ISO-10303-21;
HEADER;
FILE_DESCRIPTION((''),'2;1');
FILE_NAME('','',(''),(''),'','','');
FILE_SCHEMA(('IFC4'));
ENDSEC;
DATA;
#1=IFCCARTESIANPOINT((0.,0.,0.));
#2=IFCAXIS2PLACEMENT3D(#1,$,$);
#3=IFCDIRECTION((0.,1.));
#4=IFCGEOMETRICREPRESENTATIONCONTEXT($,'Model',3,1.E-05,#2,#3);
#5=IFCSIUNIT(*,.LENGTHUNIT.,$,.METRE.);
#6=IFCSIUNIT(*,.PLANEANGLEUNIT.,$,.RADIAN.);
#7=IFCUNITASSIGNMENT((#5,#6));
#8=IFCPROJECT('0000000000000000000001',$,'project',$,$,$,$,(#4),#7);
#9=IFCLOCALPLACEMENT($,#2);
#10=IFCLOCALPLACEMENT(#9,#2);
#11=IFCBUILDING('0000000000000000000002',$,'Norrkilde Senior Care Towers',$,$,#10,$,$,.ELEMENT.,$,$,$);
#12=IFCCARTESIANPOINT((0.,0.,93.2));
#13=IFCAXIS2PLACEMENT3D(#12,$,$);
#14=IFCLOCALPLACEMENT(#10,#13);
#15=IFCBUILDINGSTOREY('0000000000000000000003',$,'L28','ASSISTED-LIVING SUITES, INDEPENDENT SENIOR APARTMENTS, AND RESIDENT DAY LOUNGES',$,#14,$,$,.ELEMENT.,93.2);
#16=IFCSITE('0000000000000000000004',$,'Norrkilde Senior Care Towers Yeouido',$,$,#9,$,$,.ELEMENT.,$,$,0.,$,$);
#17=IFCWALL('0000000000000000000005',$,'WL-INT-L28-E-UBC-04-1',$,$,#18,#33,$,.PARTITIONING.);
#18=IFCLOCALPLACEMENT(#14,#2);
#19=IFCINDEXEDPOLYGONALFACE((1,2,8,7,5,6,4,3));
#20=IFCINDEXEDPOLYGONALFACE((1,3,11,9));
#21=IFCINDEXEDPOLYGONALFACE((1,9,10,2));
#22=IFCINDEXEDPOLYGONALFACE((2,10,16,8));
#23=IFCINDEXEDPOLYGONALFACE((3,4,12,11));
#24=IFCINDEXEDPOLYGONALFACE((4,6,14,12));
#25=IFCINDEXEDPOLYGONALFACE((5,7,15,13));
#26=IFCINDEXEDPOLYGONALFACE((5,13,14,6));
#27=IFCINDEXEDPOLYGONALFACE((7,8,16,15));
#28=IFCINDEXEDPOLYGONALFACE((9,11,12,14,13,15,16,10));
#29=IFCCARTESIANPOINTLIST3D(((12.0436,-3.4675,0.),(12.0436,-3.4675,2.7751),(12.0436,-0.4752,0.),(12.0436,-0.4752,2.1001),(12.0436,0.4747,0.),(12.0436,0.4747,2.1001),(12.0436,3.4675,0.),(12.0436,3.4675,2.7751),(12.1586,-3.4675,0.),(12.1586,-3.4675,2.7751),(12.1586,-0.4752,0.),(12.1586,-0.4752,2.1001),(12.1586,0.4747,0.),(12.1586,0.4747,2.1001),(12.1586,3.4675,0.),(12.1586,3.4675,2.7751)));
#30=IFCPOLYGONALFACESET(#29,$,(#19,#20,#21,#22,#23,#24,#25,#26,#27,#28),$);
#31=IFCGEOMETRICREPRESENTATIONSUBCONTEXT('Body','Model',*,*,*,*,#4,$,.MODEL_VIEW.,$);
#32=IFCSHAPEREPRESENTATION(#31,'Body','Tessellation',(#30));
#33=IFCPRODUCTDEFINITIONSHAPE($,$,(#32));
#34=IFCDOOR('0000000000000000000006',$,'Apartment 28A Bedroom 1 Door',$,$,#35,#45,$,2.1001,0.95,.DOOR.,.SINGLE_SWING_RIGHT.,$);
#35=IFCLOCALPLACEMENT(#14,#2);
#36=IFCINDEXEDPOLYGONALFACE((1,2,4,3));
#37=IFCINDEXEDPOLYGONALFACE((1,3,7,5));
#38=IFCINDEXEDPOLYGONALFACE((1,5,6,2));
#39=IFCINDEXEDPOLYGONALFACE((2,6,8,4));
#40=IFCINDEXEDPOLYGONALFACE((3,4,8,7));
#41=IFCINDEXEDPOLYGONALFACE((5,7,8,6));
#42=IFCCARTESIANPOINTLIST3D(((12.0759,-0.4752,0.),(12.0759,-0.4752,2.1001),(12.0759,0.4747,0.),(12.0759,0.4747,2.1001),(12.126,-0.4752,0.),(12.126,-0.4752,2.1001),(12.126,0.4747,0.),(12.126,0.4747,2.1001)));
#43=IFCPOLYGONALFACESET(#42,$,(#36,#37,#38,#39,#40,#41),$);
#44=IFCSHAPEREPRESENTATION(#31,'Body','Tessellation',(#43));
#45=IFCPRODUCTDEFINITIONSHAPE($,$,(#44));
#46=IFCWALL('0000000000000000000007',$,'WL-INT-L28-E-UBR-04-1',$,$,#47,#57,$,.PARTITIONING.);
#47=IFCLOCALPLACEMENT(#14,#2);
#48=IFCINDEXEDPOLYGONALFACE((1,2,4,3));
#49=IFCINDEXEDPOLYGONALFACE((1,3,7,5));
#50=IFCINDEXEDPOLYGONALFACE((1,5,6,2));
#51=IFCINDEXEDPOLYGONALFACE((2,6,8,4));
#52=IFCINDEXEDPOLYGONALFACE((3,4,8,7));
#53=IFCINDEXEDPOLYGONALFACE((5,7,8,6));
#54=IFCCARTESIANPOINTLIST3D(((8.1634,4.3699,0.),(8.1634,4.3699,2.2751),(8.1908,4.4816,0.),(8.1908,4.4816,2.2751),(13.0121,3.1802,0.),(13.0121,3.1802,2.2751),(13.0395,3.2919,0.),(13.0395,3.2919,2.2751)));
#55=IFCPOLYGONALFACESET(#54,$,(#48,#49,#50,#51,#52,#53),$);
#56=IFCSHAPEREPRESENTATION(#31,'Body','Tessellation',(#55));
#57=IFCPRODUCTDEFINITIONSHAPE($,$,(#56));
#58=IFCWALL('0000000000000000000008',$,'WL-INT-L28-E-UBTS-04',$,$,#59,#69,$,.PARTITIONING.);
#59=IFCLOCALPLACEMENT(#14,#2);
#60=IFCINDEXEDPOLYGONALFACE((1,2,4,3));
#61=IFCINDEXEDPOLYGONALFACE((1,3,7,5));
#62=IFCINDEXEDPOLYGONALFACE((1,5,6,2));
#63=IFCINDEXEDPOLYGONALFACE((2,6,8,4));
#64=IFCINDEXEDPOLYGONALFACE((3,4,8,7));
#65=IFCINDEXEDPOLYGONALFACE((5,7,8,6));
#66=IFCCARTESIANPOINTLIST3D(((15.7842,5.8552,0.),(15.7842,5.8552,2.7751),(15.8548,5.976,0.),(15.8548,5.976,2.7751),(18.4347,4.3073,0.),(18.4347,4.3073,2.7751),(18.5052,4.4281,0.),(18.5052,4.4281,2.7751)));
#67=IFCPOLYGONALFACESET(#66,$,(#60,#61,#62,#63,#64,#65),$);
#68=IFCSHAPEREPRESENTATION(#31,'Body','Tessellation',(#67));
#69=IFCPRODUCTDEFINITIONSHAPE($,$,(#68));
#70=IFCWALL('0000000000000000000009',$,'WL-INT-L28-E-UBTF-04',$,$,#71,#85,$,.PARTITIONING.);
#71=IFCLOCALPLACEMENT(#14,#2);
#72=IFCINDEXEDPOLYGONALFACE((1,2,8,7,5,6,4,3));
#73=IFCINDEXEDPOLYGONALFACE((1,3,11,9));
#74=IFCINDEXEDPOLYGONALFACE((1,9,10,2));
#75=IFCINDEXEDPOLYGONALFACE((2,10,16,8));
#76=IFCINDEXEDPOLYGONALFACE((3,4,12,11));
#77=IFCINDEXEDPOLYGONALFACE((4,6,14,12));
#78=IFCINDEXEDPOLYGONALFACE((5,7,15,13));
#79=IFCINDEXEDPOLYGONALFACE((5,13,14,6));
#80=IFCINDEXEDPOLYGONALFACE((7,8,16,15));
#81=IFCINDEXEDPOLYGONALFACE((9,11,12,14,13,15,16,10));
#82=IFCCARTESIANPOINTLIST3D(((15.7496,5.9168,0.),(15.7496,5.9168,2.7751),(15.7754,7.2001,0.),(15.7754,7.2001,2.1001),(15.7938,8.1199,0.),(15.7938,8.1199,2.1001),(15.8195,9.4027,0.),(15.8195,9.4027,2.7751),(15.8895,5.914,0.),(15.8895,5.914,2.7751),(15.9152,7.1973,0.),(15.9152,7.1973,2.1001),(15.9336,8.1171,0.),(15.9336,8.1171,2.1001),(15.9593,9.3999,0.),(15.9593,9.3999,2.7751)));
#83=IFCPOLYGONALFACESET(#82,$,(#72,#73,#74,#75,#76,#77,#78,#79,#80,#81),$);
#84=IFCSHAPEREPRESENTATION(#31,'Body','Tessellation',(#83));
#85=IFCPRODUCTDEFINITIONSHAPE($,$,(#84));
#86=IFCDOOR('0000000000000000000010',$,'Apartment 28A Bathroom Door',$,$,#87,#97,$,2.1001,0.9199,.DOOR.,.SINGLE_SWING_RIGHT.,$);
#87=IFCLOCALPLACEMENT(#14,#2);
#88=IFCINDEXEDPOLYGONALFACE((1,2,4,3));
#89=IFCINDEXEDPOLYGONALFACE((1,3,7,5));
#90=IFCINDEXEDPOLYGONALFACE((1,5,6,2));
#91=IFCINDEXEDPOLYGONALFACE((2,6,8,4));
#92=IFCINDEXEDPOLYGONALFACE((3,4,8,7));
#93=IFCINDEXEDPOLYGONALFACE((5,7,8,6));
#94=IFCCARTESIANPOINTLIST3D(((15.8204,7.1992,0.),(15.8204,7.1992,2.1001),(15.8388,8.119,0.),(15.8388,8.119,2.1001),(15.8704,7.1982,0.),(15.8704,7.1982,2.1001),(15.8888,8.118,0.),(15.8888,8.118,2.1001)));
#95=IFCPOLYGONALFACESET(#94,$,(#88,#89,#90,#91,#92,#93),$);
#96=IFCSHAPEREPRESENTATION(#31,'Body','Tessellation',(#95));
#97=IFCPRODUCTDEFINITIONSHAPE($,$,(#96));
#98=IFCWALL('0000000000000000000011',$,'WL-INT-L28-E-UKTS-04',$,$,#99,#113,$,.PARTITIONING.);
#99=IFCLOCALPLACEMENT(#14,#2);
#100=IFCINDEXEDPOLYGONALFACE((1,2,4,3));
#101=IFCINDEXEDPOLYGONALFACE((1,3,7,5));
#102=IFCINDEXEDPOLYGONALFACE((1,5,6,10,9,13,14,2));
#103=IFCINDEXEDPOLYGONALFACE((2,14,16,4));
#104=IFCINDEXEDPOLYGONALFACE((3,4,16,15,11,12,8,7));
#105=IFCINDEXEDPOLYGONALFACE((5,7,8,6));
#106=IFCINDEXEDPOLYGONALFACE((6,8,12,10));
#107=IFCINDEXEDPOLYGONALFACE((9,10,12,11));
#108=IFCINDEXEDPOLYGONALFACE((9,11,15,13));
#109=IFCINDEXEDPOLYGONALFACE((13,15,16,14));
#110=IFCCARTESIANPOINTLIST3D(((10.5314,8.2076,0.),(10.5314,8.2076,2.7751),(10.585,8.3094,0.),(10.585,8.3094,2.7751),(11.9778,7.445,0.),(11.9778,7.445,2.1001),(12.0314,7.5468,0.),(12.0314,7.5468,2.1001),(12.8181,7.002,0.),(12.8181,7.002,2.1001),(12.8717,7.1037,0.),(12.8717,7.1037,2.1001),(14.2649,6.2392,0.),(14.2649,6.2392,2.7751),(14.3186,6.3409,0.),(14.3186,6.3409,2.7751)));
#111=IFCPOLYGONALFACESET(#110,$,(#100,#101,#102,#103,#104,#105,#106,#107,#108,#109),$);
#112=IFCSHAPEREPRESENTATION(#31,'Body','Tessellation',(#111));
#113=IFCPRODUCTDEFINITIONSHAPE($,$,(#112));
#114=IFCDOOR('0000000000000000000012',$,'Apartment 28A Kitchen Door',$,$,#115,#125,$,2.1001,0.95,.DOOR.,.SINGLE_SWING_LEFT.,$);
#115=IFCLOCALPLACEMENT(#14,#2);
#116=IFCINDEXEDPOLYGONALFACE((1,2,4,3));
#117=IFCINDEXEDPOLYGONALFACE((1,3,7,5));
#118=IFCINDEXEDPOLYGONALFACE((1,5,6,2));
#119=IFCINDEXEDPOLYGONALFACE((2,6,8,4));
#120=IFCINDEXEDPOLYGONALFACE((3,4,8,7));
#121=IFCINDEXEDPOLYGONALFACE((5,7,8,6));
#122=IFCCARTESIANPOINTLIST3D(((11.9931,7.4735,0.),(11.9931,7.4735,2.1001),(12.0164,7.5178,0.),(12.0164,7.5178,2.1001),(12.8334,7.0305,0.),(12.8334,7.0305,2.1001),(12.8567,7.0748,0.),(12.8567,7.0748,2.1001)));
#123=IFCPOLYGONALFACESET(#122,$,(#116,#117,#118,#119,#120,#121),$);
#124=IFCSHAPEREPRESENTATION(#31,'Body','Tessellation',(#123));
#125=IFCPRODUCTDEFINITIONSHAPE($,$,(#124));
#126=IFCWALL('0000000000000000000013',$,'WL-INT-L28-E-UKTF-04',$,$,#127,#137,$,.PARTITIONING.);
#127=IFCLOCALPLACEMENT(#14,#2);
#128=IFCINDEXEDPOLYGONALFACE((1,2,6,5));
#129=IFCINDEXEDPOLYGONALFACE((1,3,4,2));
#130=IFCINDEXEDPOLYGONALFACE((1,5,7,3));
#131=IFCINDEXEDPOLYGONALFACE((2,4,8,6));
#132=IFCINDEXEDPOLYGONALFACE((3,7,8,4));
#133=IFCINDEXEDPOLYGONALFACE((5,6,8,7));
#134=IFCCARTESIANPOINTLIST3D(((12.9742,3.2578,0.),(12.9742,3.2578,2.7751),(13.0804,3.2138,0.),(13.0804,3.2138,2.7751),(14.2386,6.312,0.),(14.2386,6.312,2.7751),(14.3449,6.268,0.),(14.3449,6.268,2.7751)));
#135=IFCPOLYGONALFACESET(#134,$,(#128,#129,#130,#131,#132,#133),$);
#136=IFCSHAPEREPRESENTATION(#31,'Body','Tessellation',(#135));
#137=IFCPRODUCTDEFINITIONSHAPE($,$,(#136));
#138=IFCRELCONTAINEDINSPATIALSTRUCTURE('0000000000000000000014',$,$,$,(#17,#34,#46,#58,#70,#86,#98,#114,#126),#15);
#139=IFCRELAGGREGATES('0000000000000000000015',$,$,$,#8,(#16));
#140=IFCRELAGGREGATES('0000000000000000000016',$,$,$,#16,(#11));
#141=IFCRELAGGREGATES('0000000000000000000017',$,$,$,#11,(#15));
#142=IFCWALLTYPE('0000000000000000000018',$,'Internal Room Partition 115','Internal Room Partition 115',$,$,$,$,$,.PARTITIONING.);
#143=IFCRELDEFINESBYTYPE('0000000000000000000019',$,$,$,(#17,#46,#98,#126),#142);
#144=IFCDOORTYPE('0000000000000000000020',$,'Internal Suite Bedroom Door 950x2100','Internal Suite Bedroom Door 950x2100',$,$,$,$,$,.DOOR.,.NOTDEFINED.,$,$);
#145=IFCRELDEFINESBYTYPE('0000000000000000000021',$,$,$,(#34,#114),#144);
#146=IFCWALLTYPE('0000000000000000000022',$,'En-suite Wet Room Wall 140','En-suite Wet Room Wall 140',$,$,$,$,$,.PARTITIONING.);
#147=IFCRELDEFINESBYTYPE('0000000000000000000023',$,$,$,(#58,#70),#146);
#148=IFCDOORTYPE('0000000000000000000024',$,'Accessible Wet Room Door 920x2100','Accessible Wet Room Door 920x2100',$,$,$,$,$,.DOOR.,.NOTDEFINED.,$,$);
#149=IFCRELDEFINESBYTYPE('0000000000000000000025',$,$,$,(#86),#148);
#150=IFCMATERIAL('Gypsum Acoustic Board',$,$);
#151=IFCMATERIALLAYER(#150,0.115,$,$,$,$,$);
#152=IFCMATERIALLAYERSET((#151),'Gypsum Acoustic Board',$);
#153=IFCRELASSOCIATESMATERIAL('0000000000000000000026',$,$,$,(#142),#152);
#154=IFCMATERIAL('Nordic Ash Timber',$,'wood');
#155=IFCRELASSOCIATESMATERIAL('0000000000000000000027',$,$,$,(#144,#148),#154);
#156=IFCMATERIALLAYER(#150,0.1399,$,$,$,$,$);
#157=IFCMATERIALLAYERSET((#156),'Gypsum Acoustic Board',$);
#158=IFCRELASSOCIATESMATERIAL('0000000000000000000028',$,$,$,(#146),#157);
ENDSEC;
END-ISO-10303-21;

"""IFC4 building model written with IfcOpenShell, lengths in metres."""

from ifc_helpers import new_model, si_unit, direction, frame, frame_2d, origin, place, context, subcontext, project, spatial, rectangle, extrude, source, transform, mapped, material, layer, layer_set, type_object, type_shapes, element, fill, save


model = new_model("IFC4")

# Units and contexts
model_context = context("Model", 3, precision=1e-05, world=origin(), true_north=direction((0.0, 1.0)))
body_context = subcontext(model_context, "Body", "Model", "MODEL_VIEW")
ifc_project = project(units=[si_unit("LENGTHUNIT", "METRE"), si_unit("PLANEANGLEUNIT", "RADIAN")], contexts=[model_context])

# Site, building, storey
site_placement = place(None, origin())
site = spatial("IfcSite", under=ifc_project, at=site_placement, Name="Norrkilde Senior Care Towers Yeouido", CompositionType="ELEMENT", RefElevation=0.0)
building_placement = place(site_placement, origin())
building = spatial("IfcBuilding", under=site, at=building_placement, Name="Norrkilde Senior Care Towers", CompositionType="ELEMENT")
storey_placement = place(building_placement, frame((0.0, 0.0, 93.2)))
storey = spatial("IfcBuildingStorey", under=building, at=storey_placement, Name="L28", Description="ASSISTED-LIVING SUITES, INDEPENDENT SENIOR APARTMENTS, AND RESIDENT DAY LOUNGES", CompositionType="ELEMENT", Elevation=93.2)

# Shared definitions
ifc_material_1 = material(Name="Gypsum Acoustic Board")

# Wall, opening, door
ifc_layer_1 = layer(ifc_material_1, 0.115)
ifc_layer_set_1 = layer_set([ifc_layer_1], Name="Gypsum Acoustic Board")
wall_type_1 = type_object("IfcWallType", Name="Internal Room Partition 115", Description="Internal Room Partition 115", PredefinedType="PARTITIONING", material=ifc_layer_set_1)
shared_shape_1 = source(origin(), body_context, "Body", "SweptSolid", [
    extrude(rectangle(XDim=6.9351, YDim=0.115, at=frame_2d((3.4675, 0.0))), origin(), (0.0, 0.0, 1.0), 2.7751),
])
wall_1_placement = place(storey_placement, frame((12.1011, 3.4675, 0.0), z_axis=(0.0, 0.0, 1.0), x_axis=(0.0, -1.0, 0.0)))
wall_1 = element("IfcWall", 1, at=wall_1_placement, inside=storey, type_object=wall_type_1, Name="WL-INT-L28-E-UBC-04-1", PredefinedType="PARTITIONING", context=body_context, shape_type="MappedRepresentation", body=[
    mapped(shared_shape_1, transform((0.0, 0.0, 0.0), x_axis=(1.0, 0.0, 0.0), y_axis=(0.0, 1.0, 0.0), z_axis=(0.0, 0.0, 1.0), scale=1.0)),
])
opening_1_placement = place(wall_1_placement, frame((2.9927, 0.0, 0.0)))
opening_1 = element("IfcOpeningElement", 2, at=opening_1_placement, cuts=wall_1, PredefinedType="OPENING", context=body_context, shape_type="SweptSolid", body=[
    extrude(rectangle(XDim=0.95, YDim=2.1001, at=frame_2d((0.4751, 1.05))), frame((0.0, 0.0674, 0.0), z_axis=(0.0, -1.0, 0.0), x_axis=(1.0, 0.0, 0.0)), (0.0, 0.0, 1.0), 0.135),
])
ifc_material_2 = material(Name="Nordic Ash Timber", Category="wood")
door_type_1 = type_object("IfcDoorType", Name="Internal Suite Bedroom Door 950x2100", Description="Internal Suite Bedroom Door 950x2100", OperationType="NOTDEFINED", PredefinedType="DOOR", material=ifc_material_2)
shared_shape_2 = source(origin(), body_context, "Body", "SweptSolid", [
    extrude(rectangle(XDim=0.95, YDim=2.1001, at=frame_2d((0.4751, 1.05))), frame((0.0, 0.0249, 0.0), z_axis=(0.0, -1.0, 0.0), x_axis=(1.0, 0.0, 0.0)), (0.0, 0.0, 1.0), 0.05),
])
type_shapes(door_type_1, [shared_shape_2])
door_1_placement = place(opening_1_placement, origin())
door_1 = element("IfcDoor", 3, at=door_1_placement, inside=storey, type_object=door_type_1, Name="Apartment 28A Bedroom 1 Door", OperationType="SINGLE_SWING_RIGHT", OverallHeight=2.1001, OverallWidth=0.95, PredefinedType="DOOR", context=body_context, shape_type="MappedRepresentation", body=[
    mapped(shared_shape_2, transform((0.0, 0.0, 0.0), x_axis=(1.0, 0.0, 0.0), y_axis=(0.0, 1.0, 0.0), z_axis=(0.0, 0.0, 1.0), scale=1.0)),
])
fill(opening_1, door_1)

# Walls
shared_shape_3 = source(origin(), body_context, "Body", "SweptSolid", [
    extrude(rectangle(XDim=4.9924, YDim=0.115, at=frame_2d((2.4961, 0.0))), origin(), (0.0, 0.0, 1.0), 2.2751),
])
wall_2_placement = place(storey_placement, frame((13.0256, 3.2361, 0.0), z_axis=(0.0, 0.0, 1.0), x_axis=(-0.971192, 0.238299, 0.0)))
element("IfcWall", 4, at=wall_2_placement, inside=storey, type_object=wall_type_1, Name="WL-INT-L28-E-UBR-04-1", PredefinedType="PARTITIONING", context=body_context, shape_type="MappedRepresentation", body=[
    mapped(shared_shape_3, transform((0.0, 0.0, 0.0), x_axis=(1.0, 0.0, 0.0), y_axis=(0.0, 1.0, 0.0), z_axis=(0.0, 0.0, 1.0), scale=1.0)),
])
ifc_layer_2 = layer(ifc_material_1, 0.1399)
ifc_layer_set_2 = layer_set([ifc_layer_2], Name="Gypsum Acoustic Board")
wall_type_2 = type_object("IfcWallType", Name="En-suite Wet Room Wall 140", Description="En-suite Wet Room Wall 140", PredefinedType="PARTITIONING", material=ifc_layer_set_2)
shared_shape_4 = source(origin(), body_context, "Body", "SweptSolid", [
    extrude(rectangle(XDim=3.0693, YDim=0.1399, at=frame_2d((1.5347, 0.0))), origin(), (0.0, 0.0, 1.0), 2.7751),
])
wall_3_placement = place(storey_placement, frame((18.47, 4.3677, 0.0), z_axis=(0.0, 0.0, 1.0), x_axis=(-0.863525, 0.504306, 0.0)))
element("IfcWall", 5, at=wall_3_placement, inside=storey, type_object=wall_type_2, Name="WL-INT-L28-E-UBTS-04", PredefinedType="PARTITIONING", context=body_context, shape_type="MappedRepresentation", body=[
    mapped(shared_shape_4, transform((0.0, 0.0, 0.0), x_axis=(1.0, 0.0, 0.0), y_axis=(0.0, 1.0, 0.0), z_axis=(0.0, 0.0, 1.0), scale=1.0)),
])

# Walls, openings, doors
shared_shape_5 = source(origin(), body_context, "Body", "SweptSolid", [
    extrude(rectangle(XDim=3.4866, YDim=0.1399, at=frame_2d((1.7432, 0.0))), origin(), (0.0, 0.0, 1.0), 2.7751),
])
type_shapes(wall_type_2, [shared_shape_4, shared_shape_5])
wall_4_placement = place(storey_placement, frame((15.8196, 5.9155, 0.0), z_axis=(0.0, 0.0, 1.0), x_axis=(0.020027, 0.999799, 0.0)))
wall_4 = element("IfcWall", 6, at=wall_4_placement, inside=storey, type_object=wall_type_2, Name="WL-INT-L28-E-UBTF-04", PredefinedType="PARTITIONING", context=body_context, shape_type="MappedRepresentation", body=[
    mapped(shared_shape_5, transform((0.0, 0.0, 0.0), x_axis=(1.0, 0.0, 0.0), y_axis=(0.0, 1.0, 0.0), z_axis=(0.0, 0.0, 1.0), scale=1.0)),
])
opening_2_placement = place(wall_4_placement, frame((1.2834, 0.0, 0.0)))
opening_2 = element("IfcOpeningElement", 7, at=opening_2_placement, cuts=wall_4, PredefinedType="OPENING", context=body_context, shape_type="SweptSolid", body=[
    extrude(rectangle(XDim=0.9199, YDim=2.1001, at=frame_2d((0.46, 1.05))), frame((0.0, 0.0798, 0.0), z_axis=(0.0, -1.0, 0.0), x_axis=(1.0, 0.0, 0.0)), (0.0, 0.0, 1.0), 0.1599),
])
door_type_2 = type_object("IfcDoorType", Name="Accessible Wet Room Door 920x2100", Description="Accessible Wet Room Door 920x2100", OperationType="NOTDEFINED", PredefinedType="DOOR", material=ifc_material_2)
shared_shape_6 = source(origin(), body_context, "Body", "SweptSolid", [
    extrude(rectangle(XDim=0.9199, YDim=2.1001, at=frame_2d((0.46, 1.05))), frame((0.0, 0.0249, 0.0), z_axis=(0.0, -1.0, 0.0), x_axis=(1.0, 0.0, 0.0)), (0.0, 0.0, 1.0), 0.05),
])
type_shapes(door_type_2, [shared_shape_6])
door_2_placement = place(opening_2_placement, origin())
door_2 = element("IfcDoor", 8, at=door_2_placement, inside=storey, type_object=door_type_2, Name="Apartment 28A Bathroom Door", OperationType="SINGLE_SWING_RIGHT", OverallHeight=2.1001, OverallWidth=0.9199, PredefinedType="DOOR", context=body_context, shape_type="MappedRepresentation", body=[
    mapped(shared_shape_6, transform((0.0, 0.0, 0.0), x_axis=(1.0, 0.0, 0.0), y_axis=(0.0, 1.0, 0.0), z_axis=(0.0, 0.0, 1.0), scale=1.0)),
])
fill(opening_2, door_2)
shared_shape_7 = source(origin(), body_context, "Body", "SweptSolid", [
    extrude(rectangle(XDim=4.2207, YDim=0.115, at=frame_2d((2.1104, 0.0))), origin(), (0.0, 0.0, 1.0), 2.7751),
])
wall_5_placement = place(storey_placement, frame((14.2917, 6.29, 0.0), z_axis=(0.0, 0.0, 1.0), x_axis=(-0.884583, 0.466383, 0.0)))
wall_5 = element("IfcWall", 9, at=wall_5_placement, inside=storey, type_object=wall_type_1, Name="WL-INT-L28-E-UKTS-04", PredefinedType="PARTITIONING", context=body_context, shape_type="MappedRepresentation", body=[
    mapped(shared_shape_7, transform((0.0, 0.0, 0.0), x_axis=(1.0, 0.0, 0.0), y_axis=(0.0, 1.0, 0.0), z_axis=(0.0, 0.0, 1.0), scale=1.0)),
])
opening_3_placement = place(wall_5_placement, frame((1.6355, 0.0, 0.0)))
opening_3 = element("IfcOpeningElement", 10, at=opening_3_placement, cuts=wall_5, PredefinedType="OPENING", context=body_context, shape_type="SweptSolid", body=[
    extrude(rectangle(XDim=0.95, YDim=2.1001, at=frame_2d((0.4751, 1.05))), frame((0.0, 0.0674, 0.0), z_axis=(0.0, -1.0, 0.0), x_axis=(1.0, 0.0, 0.0)), (0.0, 0.0, 1.0), 0.135),
])
door_3_placement = place(opening_3_placement, frame((0.95, 0.0, 0.0), z_axis=(0.0, 0.0, 1.0), x_axis=(-1.0, 0.0, 0.0)))
door_3 = element("IfcDoor", 11, at=door_3_placement, inside=storey, type_object=door_type_1, Name="Apartment 28A Kitchen Door", OperationType="SINGLE_SWING_LEFT", OverallHeight=2.1001, OverallWidth=0.95, PredefinedType="DOOR", context=body_context, shape_type="MappedRepresentation", body=[
    mapped(shared_shape_2, transform((0.0, 0.0, 0.0), x_axis=(1.0, 0.0, 0.0), y_axis=(0.0, 1.0, 0.0), z_axis=(0.0, 0.0, 1.0), scale=1.0)),
])
fill(opening_3, door_3)

# Wall
shared_shape_8 = source(origin(), body_context, "Body", "SweptSolid", [
    extrude(rectangle(XDim=3.3057, YDim=0.115, at=frame_2d((1.6528, 0.0))), origin(), (0.0, 0.0, 1.0), 2.7751),
])
type_shapes(wall_type_1, [shared_shape_1, shared_shape_3, shared_shape_7, shared_shape_8])
wall_6_placement = place(storey_placement, frame((14.2917, 6.29, 0.0), z_axis=(0.0, 0.0, 1.0), x_axis=(-0.382506, -0.923953, 0.0)))
element("IfcWall", 12, at=wall_6_placement, inside=storey, type_object=wall_type_1, Name="WL-INT-L28-E-UKTF-04", PredefinedType="PARTITIONING", context=body_context, shape_type="MappedRepresentation", body=[
    mapped(shared_shape_8, transform((0.0, 0.0, 0.0), x_axis=(1.0, 0.0, 0.0), y_axis=(0.0, 1.0, 0.0), z_axis=(0.0, 0.0, 1.0), scale=1.0)),
])

save(model, "model.ifc")
